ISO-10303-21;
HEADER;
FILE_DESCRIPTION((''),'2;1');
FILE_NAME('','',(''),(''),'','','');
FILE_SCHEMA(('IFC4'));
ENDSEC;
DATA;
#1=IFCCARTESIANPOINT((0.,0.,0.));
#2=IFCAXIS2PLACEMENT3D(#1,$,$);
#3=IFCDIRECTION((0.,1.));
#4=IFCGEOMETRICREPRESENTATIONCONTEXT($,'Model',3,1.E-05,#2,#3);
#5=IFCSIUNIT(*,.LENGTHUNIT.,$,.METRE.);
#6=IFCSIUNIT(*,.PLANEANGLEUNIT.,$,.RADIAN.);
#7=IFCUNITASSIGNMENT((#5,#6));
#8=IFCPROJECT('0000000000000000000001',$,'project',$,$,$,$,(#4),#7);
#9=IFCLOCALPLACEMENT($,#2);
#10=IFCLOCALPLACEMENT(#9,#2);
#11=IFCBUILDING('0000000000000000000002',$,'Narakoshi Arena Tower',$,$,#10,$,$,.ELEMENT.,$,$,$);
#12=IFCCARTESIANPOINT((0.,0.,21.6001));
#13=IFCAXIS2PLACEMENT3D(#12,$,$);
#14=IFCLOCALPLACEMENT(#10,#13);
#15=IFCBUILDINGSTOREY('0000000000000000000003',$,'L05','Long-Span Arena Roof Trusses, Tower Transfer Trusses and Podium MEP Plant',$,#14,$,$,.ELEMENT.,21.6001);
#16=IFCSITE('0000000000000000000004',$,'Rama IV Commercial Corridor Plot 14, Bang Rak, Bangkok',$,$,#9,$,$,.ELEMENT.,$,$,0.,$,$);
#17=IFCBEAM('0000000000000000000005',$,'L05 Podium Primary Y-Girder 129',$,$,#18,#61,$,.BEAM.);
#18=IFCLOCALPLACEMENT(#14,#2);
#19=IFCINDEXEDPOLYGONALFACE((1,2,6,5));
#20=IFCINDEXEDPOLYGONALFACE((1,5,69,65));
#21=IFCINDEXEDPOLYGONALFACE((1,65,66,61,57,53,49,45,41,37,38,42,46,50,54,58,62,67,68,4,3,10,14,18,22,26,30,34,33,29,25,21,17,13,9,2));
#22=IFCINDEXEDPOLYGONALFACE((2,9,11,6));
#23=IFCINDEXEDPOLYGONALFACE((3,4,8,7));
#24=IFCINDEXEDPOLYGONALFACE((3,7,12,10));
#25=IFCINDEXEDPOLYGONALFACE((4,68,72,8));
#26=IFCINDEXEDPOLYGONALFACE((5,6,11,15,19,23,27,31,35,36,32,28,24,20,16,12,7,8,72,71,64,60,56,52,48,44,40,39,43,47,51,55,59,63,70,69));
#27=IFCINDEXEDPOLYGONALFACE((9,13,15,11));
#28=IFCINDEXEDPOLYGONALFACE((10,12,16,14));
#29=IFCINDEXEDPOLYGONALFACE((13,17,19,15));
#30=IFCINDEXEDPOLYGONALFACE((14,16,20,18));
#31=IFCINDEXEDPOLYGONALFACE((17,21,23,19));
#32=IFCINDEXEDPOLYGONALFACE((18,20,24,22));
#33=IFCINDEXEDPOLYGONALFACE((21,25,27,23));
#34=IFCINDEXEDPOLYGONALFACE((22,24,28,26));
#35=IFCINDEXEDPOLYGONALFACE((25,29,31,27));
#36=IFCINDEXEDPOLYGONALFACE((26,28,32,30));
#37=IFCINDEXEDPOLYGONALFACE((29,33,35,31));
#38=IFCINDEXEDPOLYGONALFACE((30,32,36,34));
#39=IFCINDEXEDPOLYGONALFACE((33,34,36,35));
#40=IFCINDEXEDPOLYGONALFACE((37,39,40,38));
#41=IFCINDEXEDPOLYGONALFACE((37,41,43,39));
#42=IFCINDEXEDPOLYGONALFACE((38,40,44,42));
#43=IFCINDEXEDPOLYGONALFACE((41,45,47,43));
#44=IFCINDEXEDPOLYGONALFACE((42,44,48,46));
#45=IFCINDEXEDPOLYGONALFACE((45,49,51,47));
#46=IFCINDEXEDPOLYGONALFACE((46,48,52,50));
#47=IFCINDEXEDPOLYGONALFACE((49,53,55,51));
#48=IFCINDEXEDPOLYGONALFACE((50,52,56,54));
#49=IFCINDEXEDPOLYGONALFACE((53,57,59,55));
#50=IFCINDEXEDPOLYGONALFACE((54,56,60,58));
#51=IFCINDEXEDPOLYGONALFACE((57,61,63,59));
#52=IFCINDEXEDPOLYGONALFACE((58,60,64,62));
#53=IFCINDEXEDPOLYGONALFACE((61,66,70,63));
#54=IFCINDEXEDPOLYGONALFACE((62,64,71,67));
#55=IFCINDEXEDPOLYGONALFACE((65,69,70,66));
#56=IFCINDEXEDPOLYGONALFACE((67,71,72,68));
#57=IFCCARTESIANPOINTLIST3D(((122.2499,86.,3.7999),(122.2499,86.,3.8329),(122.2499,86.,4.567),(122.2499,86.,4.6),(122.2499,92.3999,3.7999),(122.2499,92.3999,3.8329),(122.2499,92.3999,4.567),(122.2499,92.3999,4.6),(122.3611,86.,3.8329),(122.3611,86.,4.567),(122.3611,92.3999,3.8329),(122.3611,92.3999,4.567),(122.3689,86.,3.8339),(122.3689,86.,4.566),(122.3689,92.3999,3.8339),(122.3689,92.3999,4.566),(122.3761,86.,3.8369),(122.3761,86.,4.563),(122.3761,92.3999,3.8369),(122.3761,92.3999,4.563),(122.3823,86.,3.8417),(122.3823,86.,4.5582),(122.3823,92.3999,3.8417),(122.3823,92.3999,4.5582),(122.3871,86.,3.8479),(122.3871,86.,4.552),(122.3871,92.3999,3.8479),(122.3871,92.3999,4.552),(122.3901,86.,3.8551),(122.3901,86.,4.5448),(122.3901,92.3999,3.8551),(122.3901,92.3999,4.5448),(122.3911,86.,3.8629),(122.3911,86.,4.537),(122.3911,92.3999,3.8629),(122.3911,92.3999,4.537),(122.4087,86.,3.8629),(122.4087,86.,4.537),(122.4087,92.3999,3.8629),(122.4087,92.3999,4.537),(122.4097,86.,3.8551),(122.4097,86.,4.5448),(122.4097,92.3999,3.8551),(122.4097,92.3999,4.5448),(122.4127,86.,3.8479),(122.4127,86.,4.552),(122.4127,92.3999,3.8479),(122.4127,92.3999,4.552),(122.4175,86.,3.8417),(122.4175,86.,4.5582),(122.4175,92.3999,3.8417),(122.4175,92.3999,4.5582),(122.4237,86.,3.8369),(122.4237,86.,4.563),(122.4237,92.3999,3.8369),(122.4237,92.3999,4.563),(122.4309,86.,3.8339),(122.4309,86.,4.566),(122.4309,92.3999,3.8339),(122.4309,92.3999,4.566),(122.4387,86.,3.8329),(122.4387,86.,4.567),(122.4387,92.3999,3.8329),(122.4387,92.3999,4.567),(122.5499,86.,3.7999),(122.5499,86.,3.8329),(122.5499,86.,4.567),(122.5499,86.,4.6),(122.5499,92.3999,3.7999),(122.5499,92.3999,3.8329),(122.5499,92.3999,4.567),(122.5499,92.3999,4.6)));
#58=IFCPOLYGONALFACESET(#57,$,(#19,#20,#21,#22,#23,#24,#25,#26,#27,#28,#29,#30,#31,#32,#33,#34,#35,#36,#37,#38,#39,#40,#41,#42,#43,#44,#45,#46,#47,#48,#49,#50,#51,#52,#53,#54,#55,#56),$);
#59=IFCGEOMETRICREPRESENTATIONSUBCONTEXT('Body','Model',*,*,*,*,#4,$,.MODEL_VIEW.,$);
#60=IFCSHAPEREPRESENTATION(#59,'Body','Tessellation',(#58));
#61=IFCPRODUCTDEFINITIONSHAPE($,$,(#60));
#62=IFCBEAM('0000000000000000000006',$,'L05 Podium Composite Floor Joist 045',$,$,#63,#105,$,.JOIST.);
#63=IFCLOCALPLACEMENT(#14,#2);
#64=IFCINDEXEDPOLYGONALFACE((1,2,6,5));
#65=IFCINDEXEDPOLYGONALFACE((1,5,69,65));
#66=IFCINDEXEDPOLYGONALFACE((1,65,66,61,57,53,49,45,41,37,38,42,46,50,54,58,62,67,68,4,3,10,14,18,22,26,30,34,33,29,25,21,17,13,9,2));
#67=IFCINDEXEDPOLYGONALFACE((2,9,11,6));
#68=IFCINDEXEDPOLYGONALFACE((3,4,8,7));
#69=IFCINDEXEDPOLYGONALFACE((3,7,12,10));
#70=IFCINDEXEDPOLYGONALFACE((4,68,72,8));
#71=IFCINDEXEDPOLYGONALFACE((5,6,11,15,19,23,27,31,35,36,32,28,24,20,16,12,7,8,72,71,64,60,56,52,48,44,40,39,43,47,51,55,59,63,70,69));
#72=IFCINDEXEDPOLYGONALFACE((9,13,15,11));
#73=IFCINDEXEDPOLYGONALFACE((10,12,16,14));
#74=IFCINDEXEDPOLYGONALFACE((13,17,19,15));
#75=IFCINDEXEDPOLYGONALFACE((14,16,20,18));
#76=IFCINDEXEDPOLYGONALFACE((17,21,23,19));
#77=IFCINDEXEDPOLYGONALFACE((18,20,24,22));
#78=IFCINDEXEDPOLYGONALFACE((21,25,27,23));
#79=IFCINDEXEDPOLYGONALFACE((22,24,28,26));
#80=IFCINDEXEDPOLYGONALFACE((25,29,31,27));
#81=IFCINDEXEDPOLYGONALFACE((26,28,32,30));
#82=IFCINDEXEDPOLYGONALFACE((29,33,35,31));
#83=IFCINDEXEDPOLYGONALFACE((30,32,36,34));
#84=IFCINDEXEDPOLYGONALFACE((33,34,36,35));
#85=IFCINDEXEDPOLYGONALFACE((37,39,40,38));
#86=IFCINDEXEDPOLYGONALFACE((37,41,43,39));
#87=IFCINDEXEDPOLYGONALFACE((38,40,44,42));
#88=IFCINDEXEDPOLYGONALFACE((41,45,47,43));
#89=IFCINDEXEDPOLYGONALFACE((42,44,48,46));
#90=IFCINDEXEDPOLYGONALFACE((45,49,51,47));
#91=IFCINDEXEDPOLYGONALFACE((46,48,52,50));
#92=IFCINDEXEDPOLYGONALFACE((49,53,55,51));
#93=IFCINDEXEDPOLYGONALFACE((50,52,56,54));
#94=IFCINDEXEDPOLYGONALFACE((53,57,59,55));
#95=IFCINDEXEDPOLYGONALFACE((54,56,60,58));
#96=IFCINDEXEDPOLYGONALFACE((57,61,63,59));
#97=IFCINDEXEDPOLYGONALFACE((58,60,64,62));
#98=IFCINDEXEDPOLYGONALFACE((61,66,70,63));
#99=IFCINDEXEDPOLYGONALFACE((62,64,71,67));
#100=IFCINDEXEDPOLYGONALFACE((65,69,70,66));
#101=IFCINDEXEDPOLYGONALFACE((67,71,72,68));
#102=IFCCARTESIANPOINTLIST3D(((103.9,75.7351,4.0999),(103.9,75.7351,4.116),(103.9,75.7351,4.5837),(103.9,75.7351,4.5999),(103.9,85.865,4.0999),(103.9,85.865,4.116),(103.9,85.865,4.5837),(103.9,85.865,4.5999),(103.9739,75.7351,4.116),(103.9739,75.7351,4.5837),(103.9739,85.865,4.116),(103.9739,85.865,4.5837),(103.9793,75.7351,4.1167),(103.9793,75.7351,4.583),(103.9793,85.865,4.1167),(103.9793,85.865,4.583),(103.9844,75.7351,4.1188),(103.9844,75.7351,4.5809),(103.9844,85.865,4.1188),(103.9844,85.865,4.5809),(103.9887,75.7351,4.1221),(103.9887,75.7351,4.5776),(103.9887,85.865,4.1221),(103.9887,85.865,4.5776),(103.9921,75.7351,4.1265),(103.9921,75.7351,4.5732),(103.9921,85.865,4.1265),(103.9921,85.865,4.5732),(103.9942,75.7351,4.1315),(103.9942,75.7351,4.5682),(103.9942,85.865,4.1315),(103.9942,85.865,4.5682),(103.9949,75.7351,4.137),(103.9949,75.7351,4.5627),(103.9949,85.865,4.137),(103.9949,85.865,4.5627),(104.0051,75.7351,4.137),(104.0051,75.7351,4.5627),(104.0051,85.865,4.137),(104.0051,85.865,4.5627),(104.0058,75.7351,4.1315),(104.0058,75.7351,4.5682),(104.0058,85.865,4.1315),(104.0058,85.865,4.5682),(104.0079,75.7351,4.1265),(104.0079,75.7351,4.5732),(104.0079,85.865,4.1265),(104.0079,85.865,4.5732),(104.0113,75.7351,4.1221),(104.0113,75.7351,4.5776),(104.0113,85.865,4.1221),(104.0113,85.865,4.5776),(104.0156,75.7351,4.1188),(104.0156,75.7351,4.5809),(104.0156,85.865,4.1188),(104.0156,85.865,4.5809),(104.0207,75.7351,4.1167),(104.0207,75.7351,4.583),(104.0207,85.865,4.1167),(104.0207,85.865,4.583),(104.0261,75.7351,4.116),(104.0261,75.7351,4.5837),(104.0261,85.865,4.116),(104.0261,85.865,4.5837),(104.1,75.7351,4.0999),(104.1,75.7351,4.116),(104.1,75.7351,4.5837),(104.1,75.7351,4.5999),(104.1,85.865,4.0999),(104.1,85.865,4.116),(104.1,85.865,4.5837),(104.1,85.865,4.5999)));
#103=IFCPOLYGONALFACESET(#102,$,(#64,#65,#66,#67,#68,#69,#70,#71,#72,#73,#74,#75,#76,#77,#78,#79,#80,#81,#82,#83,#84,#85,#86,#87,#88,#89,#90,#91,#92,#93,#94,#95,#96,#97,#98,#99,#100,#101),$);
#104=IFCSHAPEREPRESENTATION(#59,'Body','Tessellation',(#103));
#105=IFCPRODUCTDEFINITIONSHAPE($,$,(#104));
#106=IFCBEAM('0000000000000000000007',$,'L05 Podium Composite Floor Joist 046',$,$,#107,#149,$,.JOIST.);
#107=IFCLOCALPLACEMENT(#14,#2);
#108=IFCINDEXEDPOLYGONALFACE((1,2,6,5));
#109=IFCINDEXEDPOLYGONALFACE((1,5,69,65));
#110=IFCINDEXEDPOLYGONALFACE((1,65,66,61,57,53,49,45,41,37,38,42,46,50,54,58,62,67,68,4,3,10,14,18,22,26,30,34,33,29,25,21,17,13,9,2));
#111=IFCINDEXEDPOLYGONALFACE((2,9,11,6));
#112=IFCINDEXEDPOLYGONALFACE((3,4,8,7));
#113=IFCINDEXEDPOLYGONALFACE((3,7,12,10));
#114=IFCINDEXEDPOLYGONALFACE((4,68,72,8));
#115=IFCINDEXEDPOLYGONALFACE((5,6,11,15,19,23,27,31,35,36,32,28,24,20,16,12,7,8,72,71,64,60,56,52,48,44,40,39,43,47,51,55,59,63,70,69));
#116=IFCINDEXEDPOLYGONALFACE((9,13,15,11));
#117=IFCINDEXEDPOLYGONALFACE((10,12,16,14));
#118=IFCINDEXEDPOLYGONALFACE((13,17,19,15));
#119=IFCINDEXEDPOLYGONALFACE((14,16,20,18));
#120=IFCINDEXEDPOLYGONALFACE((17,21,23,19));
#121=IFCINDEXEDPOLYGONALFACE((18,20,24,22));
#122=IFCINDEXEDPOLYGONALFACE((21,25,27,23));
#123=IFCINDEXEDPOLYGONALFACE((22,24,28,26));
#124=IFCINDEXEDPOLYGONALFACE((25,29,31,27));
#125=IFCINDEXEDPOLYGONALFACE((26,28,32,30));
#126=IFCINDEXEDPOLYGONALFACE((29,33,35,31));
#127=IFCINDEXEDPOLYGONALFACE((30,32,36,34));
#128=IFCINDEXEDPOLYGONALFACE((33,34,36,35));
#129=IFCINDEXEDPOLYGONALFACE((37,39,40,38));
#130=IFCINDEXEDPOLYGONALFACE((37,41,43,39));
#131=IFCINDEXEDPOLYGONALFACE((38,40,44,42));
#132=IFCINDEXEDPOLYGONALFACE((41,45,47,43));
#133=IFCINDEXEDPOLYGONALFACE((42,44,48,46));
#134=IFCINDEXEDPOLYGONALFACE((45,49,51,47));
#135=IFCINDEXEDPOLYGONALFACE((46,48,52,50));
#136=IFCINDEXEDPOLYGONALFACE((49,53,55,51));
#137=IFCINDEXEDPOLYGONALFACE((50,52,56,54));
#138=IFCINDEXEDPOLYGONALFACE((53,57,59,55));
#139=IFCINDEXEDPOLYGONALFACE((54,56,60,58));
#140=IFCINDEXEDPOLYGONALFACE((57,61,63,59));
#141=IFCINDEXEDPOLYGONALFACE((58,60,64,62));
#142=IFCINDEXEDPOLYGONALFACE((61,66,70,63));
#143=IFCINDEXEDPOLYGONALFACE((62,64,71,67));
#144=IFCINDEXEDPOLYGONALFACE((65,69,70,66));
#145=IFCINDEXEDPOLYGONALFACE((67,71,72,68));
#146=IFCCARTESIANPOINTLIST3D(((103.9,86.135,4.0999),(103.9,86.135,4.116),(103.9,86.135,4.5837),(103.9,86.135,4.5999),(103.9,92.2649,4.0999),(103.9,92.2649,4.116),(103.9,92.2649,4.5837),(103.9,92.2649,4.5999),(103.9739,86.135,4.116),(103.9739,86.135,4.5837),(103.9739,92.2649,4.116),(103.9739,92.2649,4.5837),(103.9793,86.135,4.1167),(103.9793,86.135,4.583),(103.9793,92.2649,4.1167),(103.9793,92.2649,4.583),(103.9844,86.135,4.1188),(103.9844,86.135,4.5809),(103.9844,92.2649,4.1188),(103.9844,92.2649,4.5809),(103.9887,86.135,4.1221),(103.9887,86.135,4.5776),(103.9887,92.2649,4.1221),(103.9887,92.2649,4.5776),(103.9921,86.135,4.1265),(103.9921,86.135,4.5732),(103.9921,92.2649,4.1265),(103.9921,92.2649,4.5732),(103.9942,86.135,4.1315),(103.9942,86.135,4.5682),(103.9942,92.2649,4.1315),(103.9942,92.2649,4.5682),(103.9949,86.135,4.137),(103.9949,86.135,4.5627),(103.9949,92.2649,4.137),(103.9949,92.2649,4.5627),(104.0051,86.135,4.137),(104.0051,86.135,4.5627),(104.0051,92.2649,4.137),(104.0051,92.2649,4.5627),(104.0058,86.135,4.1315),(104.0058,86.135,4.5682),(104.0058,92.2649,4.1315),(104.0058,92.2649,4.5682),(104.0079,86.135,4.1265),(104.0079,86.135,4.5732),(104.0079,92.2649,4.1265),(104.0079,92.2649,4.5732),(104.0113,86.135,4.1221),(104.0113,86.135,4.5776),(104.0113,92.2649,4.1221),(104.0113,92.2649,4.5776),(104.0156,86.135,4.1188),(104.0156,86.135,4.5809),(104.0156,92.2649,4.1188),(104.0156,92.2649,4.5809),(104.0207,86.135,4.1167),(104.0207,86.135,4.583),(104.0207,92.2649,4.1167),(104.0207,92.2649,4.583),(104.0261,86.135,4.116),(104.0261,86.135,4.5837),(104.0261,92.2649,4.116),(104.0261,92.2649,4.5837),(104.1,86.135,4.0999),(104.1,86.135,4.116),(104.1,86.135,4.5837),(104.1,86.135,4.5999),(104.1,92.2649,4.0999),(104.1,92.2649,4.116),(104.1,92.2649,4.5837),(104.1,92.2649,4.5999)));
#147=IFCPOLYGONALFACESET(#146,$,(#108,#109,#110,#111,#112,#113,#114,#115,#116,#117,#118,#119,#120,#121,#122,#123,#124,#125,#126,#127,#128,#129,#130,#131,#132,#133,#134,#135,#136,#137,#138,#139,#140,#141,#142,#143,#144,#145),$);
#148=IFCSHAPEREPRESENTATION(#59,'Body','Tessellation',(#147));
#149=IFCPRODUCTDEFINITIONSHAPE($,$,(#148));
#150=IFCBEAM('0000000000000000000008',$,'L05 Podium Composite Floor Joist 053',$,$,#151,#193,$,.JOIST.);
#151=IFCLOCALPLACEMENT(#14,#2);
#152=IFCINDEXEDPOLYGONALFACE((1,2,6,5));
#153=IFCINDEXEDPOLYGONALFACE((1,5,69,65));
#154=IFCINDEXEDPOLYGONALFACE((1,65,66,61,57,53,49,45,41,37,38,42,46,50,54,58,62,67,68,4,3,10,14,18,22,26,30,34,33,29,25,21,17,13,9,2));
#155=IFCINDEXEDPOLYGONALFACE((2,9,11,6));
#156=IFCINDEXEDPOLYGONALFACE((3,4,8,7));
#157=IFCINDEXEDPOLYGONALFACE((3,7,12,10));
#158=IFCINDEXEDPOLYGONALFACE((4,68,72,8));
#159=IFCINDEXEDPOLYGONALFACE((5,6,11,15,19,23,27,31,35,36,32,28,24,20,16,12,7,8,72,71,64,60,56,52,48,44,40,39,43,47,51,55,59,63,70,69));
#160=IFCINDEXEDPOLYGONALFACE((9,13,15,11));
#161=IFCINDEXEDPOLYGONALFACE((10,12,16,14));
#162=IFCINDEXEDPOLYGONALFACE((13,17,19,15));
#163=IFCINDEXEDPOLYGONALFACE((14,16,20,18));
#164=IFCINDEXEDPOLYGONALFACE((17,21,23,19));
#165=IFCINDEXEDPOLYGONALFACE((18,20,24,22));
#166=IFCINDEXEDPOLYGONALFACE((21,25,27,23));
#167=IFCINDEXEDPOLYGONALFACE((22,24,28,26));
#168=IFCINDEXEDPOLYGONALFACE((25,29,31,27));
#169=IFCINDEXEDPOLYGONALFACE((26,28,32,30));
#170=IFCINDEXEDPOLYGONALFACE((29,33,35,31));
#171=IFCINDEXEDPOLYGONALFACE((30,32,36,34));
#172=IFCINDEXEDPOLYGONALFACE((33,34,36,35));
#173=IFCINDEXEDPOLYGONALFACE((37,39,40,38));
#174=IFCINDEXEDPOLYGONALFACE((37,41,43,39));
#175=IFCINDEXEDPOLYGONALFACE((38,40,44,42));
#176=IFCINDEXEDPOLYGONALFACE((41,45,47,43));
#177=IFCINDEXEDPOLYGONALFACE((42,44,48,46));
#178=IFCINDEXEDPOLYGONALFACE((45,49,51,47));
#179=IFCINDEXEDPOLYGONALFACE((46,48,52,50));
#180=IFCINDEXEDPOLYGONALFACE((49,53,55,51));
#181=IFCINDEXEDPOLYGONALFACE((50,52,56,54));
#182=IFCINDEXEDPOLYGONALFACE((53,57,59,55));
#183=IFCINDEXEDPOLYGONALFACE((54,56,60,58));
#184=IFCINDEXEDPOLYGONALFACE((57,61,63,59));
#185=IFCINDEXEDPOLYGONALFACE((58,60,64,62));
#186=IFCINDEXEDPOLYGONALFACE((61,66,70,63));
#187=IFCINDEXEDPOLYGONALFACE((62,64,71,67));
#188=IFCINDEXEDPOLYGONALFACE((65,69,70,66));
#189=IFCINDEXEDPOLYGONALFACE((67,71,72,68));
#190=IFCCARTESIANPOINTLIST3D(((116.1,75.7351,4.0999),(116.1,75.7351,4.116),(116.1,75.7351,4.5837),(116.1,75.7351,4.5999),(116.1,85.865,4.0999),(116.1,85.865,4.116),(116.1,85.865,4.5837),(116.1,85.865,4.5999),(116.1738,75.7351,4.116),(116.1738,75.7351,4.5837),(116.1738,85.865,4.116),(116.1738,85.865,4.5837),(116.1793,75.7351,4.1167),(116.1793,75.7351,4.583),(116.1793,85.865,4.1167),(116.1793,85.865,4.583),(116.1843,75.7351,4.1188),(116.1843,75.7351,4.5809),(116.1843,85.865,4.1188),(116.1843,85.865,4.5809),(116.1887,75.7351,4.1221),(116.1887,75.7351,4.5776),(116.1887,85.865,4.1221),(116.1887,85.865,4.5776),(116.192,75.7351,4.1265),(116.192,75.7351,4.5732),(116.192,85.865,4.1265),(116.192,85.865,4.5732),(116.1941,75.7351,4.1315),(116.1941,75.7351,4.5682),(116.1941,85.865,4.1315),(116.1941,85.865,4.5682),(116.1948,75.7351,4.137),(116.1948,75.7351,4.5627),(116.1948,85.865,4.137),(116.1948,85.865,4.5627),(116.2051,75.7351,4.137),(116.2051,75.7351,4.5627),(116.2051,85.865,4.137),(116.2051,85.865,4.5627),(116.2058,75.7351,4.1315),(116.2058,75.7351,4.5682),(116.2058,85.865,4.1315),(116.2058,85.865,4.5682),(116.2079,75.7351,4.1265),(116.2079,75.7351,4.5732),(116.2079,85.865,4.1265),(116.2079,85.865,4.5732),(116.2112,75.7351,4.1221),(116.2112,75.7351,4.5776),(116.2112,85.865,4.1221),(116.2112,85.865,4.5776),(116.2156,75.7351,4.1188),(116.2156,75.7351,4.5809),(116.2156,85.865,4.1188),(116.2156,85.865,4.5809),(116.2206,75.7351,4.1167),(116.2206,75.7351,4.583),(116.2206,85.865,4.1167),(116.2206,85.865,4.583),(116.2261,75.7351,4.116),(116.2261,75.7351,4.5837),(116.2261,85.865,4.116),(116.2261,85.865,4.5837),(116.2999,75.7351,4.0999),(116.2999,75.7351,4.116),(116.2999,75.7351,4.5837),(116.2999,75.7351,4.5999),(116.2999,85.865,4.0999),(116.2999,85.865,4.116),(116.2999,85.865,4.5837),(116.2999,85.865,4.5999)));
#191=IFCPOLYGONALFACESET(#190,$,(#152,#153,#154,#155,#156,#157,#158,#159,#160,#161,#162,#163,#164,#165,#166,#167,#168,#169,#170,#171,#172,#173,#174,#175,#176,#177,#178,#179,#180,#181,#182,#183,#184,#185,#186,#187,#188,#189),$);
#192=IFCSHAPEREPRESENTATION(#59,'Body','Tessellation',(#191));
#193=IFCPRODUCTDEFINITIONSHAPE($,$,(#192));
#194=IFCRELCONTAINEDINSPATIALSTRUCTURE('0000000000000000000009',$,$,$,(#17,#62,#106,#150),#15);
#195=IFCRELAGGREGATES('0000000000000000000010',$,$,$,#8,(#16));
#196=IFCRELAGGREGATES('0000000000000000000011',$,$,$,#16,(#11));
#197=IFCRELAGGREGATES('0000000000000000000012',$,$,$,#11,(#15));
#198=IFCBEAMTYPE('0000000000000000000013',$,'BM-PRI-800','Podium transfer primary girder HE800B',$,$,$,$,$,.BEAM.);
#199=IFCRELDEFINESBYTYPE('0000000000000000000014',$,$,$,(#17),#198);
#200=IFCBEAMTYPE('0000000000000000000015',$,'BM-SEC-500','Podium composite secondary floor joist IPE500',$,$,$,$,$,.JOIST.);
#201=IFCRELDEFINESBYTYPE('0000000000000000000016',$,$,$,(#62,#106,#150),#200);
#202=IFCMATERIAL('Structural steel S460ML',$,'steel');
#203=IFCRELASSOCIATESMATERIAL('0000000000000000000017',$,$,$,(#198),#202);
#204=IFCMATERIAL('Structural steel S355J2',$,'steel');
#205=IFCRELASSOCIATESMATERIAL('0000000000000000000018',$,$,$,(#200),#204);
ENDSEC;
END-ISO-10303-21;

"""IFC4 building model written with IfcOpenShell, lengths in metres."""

from ifc_helpers import new_model, si_unit, direction, frame, origin, origin_2d, place, context, subcontext, project, spatial, i_section, extrude, material, material_profile, profile_set, type_object, element, save


model = new_model("IFC4")

# Units and contexts
model_context = context("Model", 3, precision=1e-05, world=origin(), true_north=direction((0.0, 1.0)))
body_context = subcontext(model_context, "Body", "Model", "MODEL_VIEW")
ifc_project = project(units=[si_unit("LENGTHUNIT", "METRE"), si_unit("PLANEANGLEUNIT", "RADIAN")], contexts=[model_context])

# Site, building, storey
site_placement = place(None, origin())
site = spatial("IfcSite", under=ifc_project, at=site_placement, Name="Rama IV Commercial Corridor Plot 14, Bang Rak, Bangkok", CompositionType="ELEMENT", RefElevation=0.0)
building_placement = place(site_placement, origin())
building = spatial("IfcBuilding", under=site, at=building_placement, Name="Narakoshi Arena Tower", CompositionType="ELEMENT")
storey_placement = place(building_placement, frame((0.0, 0.0, 21.6001)))
storey = spatial("IfcBuildingStorey", under=building, at=storey_placement, Name="L05", Description="Long-Span Arena Roof Trusses, Tower Transfer Trusses and Podium MEP Plant", CompositionType="ELEMENT", Elevation=21.6001)

# Shared definitions
ifc_material_1 = material(Name="Structural steel S355J2", Category="steel")

# Beams
ifc_material_2 = material(Name="Structural steel S460ML", Category="steel")
ifc_material_profile_1 = material_profile(ifc_material_2, i_section(OverallWidth=0.3, OverallDepth=0.8, WebThickness=0.0176, FlangeThickness=0.033, FilletRadius=0.03, at=origin_2d()), Name="HE800B")
ifc_profile_set_1 = profile_set([ifc_material_profile_1], Name="Structural steel S460ML")
beam_type_1 = type_object("IfcBeamType", Name="BM-PRI-800", Description="Podium transfer primary girder HE800B", PredefinedType="BEAM", material=ifc_profile_set_1)
beam_1_placement = place(storey_placement, frame((122.3999, 86.0, 4.2), z_axis=(0.0, 1.0, 0.0), x_axis=(-1.0, 0.0, 0.0)))
element("IfcBeam", 1, at=beam_1_placement, inside=storey, type_object=beam_type_1, Name="L05 Podium Primary Y-Girder 129", PredefinedType="BEAM", context=body_context, shape_type="SweptSolid", body=[
    extrude(i_section(OverallWidth=0.3, OverallDepth=0.8, WebThickness=0.0176, FlangeThickness=0.033, FilletRadius=0.03, at=origin_2d()), origin(), (0.0, 0.0, 1.0), 6.3999),
])
ifc_material_profile_2 = material_profile(ifc_material_1, i_section(OverallWidth=0.2, OverallDepth=0.5, WebThickness=0.0103, FlangeThickness=0.0161, FilletRadius=0.021, at=origin_2d()), Name="IPE500")
ifc_profile_set_2 = profile_set([ifc_material_profile_2], Name="Structural steel S355J2")
beam_type_2 = type_object("IfcBeamType", Name="BM-SEC-500", Description="Podium composite secondary floor joist IPE500", PredefinedType="JOIST", material=ifc_profile_set_2)
beam_2_placement = place(storey_placement, frame((104.0, 75.7351, 4.3499), z_axis=(0.0, 1.0, 0.0), x_axis=(-1.0, 0.0, 0.0)))
element("IfcBeam", 2, at=beam_2_placement, inside=storey, type_object=beam_type_2, Name="L05 Podium Composite Floor Joist 045", PredefinedType="JOIST", context=body_context, shape_type="SweptSolid", body=[
    extrude(i_section(OverallWidth=0.2, OverallDepth=0.5, WebThickness=0.0103, FlangeThickness=0.0161, FilletRadius=0.021, at=origin_2d()), origin(), (0.0, 0.0, 1.0), 10.1299),
])
beam_3_placement = place(storey_placement, frame((104.0, 86.135, 4.3499), z_axis=(0.0, 1.0, 0.0), x_axis=(-1.0, 0.0, 0.0)))
element("IfcBeam", 3, at=beam_3_placement, inside=storey, type_object=beam_type_2, Name="L05 Podium Composite Floor Joist 046", PredefinedType="JOIST", context=body_context, shape_type="SweptSolid", body=[
    extrude(i_section(OverallWidth=0.2, OverallDepth=0.5, WebThickness=0.0103, FlangeThickness=0.0161, FilletRadius=0.021, at=origin_2d()), origin(), (0.0, 0.0, 1.0), 6.1299),
])
beam_4_placement = place(storey_placement, frame((116.2, 75.7351, 4.3499), z_axis=(0.0, 1.0, 0.0), x_axis=(-1.0, 0.0, 0.0)))
element("IfcBeam", 4, at=beam_4_placement, inside=storey, type_object=beam_type_2, Name="L05 Podium Composite Floor Joist 053", PredefinedType="JOIST", context=body_context, shape_type="SweptSolid", body=[
    extrude(i_section(OverallWidth=0.2, OverallDepth=0.5, WebThickness=0.0103, FlangeThickness=0.0161, FilletRadius=0.021, at=origin_2d()), origin(), (0.0, 0.0, 1.0), 10.1299),
])

save(model, "model.ifc")
